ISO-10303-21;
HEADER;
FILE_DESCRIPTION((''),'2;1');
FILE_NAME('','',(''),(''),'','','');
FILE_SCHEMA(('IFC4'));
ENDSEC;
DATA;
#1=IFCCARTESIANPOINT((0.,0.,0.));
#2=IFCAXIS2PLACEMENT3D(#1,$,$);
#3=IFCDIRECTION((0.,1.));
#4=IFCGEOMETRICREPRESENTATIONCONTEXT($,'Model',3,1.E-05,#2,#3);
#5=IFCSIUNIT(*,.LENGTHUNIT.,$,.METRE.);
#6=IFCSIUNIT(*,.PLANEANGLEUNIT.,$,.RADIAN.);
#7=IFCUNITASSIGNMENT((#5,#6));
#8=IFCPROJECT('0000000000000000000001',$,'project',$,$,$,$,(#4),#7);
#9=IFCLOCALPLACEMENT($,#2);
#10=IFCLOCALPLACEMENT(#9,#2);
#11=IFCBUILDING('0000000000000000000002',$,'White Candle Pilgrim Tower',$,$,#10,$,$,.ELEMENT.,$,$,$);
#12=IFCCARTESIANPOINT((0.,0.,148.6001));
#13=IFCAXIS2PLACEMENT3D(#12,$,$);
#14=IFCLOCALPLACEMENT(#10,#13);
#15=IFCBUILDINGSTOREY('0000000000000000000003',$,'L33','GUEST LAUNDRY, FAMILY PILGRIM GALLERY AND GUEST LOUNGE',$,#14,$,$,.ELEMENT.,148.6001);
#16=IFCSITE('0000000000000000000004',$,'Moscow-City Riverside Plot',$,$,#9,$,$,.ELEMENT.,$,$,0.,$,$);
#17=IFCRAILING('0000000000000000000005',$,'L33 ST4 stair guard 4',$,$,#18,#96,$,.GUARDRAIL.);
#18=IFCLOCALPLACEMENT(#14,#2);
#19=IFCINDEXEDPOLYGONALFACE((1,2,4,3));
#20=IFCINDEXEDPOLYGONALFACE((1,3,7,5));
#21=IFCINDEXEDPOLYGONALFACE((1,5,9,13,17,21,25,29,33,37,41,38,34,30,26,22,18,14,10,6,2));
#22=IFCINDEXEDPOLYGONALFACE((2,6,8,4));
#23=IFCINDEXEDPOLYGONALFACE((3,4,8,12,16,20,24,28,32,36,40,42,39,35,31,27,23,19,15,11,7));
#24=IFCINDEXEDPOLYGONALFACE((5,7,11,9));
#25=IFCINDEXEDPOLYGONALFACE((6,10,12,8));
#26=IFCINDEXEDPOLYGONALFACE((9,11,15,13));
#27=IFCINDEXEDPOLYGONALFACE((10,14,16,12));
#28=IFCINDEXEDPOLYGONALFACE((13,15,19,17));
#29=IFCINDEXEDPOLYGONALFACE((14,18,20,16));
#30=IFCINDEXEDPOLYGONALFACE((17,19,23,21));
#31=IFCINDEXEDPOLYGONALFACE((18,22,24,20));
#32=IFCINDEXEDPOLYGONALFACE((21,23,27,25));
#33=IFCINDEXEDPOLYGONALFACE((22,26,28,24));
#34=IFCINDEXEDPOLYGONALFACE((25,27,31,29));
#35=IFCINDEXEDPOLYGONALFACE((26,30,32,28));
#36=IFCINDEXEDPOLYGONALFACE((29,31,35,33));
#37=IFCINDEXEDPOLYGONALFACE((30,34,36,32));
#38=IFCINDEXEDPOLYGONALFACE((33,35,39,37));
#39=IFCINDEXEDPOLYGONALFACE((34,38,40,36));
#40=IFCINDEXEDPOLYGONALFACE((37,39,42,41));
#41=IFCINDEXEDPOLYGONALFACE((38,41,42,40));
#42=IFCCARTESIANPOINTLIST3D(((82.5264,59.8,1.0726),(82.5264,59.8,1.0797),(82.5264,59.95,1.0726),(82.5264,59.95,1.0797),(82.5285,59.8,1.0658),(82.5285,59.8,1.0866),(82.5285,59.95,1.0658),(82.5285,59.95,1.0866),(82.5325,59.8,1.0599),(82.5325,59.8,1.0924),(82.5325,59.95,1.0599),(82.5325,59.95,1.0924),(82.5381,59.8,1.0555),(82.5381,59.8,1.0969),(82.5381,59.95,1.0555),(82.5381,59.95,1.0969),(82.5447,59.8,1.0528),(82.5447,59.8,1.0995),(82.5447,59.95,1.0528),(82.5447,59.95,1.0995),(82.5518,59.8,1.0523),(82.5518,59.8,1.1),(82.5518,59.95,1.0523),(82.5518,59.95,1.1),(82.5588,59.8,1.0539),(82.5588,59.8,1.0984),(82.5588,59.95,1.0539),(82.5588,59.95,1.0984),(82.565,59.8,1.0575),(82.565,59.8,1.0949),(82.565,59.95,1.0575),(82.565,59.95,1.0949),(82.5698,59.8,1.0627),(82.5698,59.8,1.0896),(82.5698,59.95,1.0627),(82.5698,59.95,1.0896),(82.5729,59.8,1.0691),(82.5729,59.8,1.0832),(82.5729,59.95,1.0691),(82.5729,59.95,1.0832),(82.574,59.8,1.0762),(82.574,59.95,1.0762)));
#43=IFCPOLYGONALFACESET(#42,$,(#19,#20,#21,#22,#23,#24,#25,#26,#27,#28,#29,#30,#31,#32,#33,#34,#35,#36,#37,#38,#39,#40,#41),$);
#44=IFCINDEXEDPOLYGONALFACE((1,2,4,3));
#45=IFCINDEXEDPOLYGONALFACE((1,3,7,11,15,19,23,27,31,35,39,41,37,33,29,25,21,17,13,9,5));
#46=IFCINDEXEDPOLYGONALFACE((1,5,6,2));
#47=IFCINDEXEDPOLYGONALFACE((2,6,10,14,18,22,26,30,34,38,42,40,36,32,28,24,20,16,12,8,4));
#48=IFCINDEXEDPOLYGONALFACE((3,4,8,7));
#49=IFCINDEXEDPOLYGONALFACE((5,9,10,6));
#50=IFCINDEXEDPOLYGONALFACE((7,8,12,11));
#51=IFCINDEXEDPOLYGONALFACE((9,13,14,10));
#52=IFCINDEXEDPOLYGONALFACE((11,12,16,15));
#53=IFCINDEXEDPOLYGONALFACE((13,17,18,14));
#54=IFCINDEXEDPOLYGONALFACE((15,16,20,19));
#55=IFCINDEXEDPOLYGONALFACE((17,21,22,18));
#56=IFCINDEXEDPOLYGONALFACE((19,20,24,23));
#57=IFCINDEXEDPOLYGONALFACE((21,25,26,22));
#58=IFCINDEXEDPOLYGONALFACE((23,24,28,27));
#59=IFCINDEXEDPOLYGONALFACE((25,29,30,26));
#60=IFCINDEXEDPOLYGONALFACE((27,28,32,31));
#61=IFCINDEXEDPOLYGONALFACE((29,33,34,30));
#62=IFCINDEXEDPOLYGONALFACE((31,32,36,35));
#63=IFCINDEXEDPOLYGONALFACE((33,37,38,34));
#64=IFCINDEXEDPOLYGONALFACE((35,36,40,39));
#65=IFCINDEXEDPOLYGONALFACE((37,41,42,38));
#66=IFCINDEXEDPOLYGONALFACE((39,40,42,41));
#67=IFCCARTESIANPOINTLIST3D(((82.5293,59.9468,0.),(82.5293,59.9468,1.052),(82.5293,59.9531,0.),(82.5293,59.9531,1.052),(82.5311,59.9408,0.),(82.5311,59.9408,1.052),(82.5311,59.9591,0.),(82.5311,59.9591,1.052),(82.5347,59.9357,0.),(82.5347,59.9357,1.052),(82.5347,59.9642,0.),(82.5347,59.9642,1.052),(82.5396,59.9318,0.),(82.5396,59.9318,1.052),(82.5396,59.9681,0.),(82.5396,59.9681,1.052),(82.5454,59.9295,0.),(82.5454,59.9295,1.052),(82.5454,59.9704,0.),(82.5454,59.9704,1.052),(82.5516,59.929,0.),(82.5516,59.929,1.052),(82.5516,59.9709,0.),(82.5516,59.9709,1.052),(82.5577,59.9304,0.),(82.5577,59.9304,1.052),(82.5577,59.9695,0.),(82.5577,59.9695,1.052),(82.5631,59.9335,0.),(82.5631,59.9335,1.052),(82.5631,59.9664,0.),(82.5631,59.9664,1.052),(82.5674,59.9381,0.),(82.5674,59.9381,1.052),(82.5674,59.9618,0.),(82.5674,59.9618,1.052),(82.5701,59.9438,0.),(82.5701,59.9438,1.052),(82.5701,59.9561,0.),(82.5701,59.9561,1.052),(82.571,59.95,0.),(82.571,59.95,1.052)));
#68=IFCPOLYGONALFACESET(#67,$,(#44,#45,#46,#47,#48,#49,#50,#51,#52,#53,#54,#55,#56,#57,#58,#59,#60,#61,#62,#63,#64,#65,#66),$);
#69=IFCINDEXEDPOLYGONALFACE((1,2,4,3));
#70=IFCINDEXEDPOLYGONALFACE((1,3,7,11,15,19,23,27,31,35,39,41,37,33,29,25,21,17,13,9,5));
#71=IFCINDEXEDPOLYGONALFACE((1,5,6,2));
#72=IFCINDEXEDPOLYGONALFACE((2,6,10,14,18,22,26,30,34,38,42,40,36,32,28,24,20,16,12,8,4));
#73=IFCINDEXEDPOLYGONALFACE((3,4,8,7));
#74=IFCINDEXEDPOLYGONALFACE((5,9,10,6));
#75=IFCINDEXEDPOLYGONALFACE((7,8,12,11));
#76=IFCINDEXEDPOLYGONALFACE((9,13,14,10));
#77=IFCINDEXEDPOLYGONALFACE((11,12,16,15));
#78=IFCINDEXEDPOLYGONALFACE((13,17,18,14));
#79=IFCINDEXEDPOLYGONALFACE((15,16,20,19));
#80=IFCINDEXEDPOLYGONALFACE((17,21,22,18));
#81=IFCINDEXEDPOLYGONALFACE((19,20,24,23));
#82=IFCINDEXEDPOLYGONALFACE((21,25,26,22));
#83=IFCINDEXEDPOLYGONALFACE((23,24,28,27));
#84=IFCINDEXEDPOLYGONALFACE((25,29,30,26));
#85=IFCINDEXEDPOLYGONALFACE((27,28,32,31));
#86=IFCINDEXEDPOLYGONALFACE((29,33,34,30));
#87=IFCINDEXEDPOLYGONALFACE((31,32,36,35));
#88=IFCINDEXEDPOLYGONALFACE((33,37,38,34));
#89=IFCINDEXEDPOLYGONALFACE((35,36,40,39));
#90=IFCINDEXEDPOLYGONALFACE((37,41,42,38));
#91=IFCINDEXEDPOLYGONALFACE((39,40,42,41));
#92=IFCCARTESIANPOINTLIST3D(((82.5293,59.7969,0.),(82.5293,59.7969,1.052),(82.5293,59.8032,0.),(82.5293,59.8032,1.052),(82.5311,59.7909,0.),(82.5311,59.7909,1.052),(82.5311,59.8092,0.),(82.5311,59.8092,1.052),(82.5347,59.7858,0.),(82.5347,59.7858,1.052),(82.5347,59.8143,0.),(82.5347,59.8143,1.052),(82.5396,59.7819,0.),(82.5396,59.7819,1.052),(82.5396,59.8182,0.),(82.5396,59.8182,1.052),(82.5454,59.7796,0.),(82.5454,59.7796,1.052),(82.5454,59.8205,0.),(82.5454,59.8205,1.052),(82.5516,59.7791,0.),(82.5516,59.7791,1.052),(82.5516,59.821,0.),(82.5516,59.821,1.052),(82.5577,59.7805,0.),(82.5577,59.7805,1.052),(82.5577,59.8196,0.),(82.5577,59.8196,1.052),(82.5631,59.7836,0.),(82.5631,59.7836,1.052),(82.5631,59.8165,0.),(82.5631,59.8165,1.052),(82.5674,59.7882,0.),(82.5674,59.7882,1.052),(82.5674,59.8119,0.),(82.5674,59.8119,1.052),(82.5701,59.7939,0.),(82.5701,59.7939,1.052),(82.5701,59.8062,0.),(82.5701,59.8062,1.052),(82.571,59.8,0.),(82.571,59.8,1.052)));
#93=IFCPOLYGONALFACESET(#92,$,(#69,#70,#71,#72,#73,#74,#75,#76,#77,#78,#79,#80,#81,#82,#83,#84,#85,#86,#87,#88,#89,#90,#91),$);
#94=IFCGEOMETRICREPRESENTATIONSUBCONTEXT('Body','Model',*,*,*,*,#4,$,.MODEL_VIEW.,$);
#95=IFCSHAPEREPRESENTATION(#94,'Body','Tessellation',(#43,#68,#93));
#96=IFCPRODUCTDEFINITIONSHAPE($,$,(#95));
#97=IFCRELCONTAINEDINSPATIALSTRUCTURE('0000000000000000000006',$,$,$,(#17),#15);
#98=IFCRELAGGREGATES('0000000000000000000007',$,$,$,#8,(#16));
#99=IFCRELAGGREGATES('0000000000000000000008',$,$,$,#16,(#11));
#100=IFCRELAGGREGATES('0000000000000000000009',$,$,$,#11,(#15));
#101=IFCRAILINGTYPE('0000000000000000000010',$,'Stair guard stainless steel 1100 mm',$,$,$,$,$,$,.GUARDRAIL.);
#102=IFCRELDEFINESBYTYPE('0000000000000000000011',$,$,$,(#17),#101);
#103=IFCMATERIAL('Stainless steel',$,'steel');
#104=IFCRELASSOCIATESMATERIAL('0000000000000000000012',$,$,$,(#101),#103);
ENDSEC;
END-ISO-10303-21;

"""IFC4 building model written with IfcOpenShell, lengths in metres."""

from ifc_helpers import new_model, si_unit, direction, frame, origin, origin_2d, place, context, subcontext, project, spatial, circle, extrude, material, type_object, element, save


model = new_model("IFC4")

# Units and contexts
model_context = context("Model", 3, precision=1e-05, world=origin(), true_north=direction((0.0, 1.0)))
body_context = subcontext(model_context, "Body", "Model", "MODEL_VIEW")
ifc_project = project(units=[si_unit("LENGTHUNIT", "METRE"), si_unit("PLANEANGLEUNIT", "RADIAN")], contexts=[model_context])

# Site, building, storey
site_placement = place(None, origin())
site = spatial("IfcSite", under=ifc_project, at=site_placement, Name="Moscow-City Riverside Plot", CompositionType="ELEMENT", RefElevation=0.0)
building_placement = place(site_placement, origin())
building = spatial("IfcBuilding", under=site, at=building_placement, Name="White Candle Pilgrim Tower", CompositionType="ELEMENT")
storey_placement = place(building_placement, frame((0.0, 0.0, 148.6001)))
storey = spatial("IfcBuildingStorey", under=building, at=storey_placement, Name="L33", Description="GUEST LAUNDRY, FAMILY PILGRIM GALLERY AND GUEST LOUNGE", CompositionType="ELEMENT", Elevation=148.6001)

# Railing
ifc_material_1 = material(Name="Stainless steel", Category="steel")
railing_type_1 = type_object("IfcRailingType", Name="Stair guard stainless steel 1100 mm", PredefinedType="GUARDRAIL", material=ifc_material_1)
railing_1_placement = place(storey_placement, frame((82.55, 59.95, 0.0)))
element("IfcRailing", 1, at=railing_1_placement, inside=storey, type_object=railing_type_1, Name="L33 ST4 stair guard 4", PredefinedType="GUARDRAIL", context=body_context, shape_type="SweptSolid", body=[
    extrude(circle(Radius=0.0239, at=origin_2d()), frame((0.0, 0.0, 1.0762), z_axis=(0.0, -1.0, 0.0), x_axis=(1.0, 0.0, 0.0)), (0.0, 0.0, 1.0), 0.1499),
    extrude(circle(Radius=0.021, at=origin_2d()), origin(), (0.0, 0.0, 1.0), 1.052),
    extrude(circle(Radius=0.021, at=origin_2d()), frame((0.0, -0.1499, 0.0)), (0.0, 0.0, 1.0), 1.052),
])

save(model, "model.ifc")
